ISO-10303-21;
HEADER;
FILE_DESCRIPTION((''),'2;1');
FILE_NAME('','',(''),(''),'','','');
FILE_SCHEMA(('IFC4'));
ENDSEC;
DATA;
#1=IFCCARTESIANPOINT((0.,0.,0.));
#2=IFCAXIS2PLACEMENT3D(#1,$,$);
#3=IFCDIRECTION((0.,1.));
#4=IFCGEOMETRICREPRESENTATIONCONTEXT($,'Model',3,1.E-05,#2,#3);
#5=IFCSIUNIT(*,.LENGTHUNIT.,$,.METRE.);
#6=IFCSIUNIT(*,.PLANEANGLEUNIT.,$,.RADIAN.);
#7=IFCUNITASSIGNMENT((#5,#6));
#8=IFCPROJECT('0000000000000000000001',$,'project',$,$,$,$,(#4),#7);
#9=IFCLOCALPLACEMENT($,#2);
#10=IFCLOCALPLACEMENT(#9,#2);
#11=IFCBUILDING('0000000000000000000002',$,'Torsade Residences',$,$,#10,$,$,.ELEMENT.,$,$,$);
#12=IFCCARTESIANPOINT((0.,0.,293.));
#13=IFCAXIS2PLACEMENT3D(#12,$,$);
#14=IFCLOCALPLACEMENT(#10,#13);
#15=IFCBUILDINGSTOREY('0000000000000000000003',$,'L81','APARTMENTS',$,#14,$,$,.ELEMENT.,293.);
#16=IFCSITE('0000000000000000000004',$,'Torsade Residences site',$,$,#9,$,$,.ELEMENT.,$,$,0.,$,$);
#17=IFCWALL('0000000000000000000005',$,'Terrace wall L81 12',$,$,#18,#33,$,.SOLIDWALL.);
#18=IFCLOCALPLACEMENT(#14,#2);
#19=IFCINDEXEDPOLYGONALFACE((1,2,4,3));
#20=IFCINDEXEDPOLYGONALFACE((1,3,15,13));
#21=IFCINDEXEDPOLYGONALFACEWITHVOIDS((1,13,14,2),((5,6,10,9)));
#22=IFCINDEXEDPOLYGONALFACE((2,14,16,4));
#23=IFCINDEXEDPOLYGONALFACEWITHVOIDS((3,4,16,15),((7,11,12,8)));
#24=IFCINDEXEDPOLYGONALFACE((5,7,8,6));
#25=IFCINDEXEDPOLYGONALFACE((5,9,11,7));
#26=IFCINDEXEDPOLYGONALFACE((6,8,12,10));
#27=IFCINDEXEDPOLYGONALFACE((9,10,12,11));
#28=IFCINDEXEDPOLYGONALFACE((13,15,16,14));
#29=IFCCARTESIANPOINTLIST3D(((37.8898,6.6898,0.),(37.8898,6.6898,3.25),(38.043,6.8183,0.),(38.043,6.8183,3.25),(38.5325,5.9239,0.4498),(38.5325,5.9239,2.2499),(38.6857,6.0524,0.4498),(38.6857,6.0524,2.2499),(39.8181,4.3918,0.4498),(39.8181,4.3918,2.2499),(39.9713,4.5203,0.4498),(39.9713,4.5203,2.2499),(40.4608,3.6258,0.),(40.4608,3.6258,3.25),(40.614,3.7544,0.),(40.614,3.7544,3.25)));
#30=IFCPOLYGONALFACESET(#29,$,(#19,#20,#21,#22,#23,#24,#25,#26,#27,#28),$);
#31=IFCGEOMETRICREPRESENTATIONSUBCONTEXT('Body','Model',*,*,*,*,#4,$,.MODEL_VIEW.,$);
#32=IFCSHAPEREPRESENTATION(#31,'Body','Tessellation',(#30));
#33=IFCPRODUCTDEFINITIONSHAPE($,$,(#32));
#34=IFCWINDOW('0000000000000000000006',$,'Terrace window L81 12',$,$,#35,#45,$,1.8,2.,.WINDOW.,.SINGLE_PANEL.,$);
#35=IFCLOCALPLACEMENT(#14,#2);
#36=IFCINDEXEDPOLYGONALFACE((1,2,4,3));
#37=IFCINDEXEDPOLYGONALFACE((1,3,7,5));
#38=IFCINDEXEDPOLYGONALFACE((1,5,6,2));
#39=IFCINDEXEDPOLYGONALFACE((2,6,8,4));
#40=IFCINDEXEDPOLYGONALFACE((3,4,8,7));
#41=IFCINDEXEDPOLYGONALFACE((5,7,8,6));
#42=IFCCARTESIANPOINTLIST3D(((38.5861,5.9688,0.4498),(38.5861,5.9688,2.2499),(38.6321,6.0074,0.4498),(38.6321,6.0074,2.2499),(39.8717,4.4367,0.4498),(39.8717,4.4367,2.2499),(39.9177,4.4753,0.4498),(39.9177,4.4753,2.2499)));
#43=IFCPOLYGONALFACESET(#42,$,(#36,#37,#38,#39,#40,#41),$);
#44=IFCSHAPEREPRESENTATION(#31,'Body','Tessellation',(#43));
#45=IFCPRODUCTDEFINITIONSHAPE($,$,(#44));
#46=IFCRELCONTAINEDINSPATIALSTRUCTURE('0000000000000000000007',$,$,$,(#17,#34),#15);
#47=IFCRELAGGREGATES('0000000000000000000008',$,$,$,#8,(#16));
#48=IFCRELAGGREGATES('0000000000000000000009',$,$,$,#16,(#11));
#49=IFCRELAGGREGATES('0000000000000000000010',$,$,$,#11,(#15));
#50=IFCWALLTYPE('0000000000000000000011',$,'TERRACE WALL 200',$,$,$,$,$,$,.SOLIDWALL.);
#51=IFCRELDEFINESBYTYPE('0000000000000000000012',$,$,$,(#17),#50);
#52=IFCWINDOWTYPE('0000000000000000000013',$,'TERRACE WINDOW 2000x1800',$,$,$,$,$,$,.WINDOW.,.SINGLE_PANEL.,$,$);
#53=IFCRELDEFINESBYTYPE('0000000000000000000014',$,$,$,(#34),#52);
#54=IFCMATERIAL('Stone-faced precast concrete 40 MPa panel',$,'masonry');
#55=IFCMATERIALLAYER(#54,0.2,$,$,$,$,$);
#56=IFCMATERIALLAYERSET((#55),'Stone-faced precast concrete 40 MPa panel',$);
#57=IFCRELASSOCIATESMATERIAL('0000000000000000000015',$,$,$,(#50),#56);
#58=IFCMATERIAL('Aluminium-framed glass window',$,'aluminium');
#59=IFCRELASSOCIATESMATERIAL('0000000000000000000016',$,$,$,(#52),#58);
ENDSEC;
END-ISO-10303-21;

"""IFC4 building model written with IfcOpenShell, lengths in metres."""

from ifc_helpers import new_model, si_unit, direction, frame, frame_2d, origin, place, context, subcontext, project, spatial, rectangle, extrude, material, layer, layer_set, type_object, element, fill, save


model = new_model("IFC4")

# Units and contexts
model_context = context("Model", 3, precision=1e-05, world=origin(), true_north=direction((0.0, 1.0)))
body_context = subcontext(model_context, "Body", "Model", "MODEL_VIEW")
ifc_project = project(units=[si_unit("LENGTHUNIT", "METRE"), si_unit("PLANEANGLEUNIT", "RADIAN")], contexts=[model_context])

# Site, building, storey
site_placement = place(None, origin())
site = spatial("IfcSite", under=ifc_project, at=site_placement, Name="Torsade Residences site", CompositionType="ELEMENT", RefElevation=0.0)
building_placement = place(site_placement, origin())
building = spatial("IfcBuilding", under=site, at=building_placement, Name="Torsade Residences", CompositionType="ELEMENT")
storey_placement = place(building_placement, frame((0.0, 0.0, 293.0)))
storey = spatial("IfcBuildingStorey", under=building, at=storey_placement, Name="L81", Description="APARTMENTS", CompositionType="ELEMENT", Elevation=293.0)

# Shared definitions
ifc_material_1 = material(Name="Stone-faced precast concrete 40 MPa panel", Category="masonry")
ifc_layer_1 = layer(ifc_material_1, 0.2)
ifc_layer_set_1 = layer_set([ifc_layer_1], Name="Stone-faced precast concrete 40 MPa panel")
wall_type_1 = type_object("IfcWallType", Name="TERRACE WALL 200", PredefinedType="SOLIDWALL", material=ifc_layer_set_1)

# Wall, opening, window
wall_1_placement = place(storey_placement, frame((37.9663, 6.7542, 0.0), z_axis=(0.0, 0.0, 1.0), x_axis=(0.642798, -0.766035, 0.0)))
wall_1 = element("IfcWall", 1, at=wall_1_placement, inside=storey, type_object=wall_type_1, Name="Terrace wall L81 12", PredefinedType="SOLIDWALL", context=body_context, shape_type="SweptSolid", body=[
    extrude(rectangle(XDim=3.9998, YDim=0.2, at=frame_2d((2.0, 0.0))), origin(), (0.0, 0.0, 1.0), 3.25),
])
opening_1_placement = place(wall_1_placement, frame((1.0, 0.0, 0.45)))
opening_1 = element("IfcOpeningElement", 2, at=opening_1_placement, cuts=wall_1, PredefinedType="OPENING", context=body_context, shape_type="SweptSolid", body=[
    extrude(rectangle(XDim=2.0, YDim=1.8, at=frame_2d((1.0, 0.8999))), frame((0.0, 0.1099, 0.0), z_axis=(0.0, -1.0, 0.0), x_axis=(1.0, 0.0, 0.0)), (0.0, 0.0, 1.0), 0.22),
])
ifc_material_2 = material(Name="Aluminium-framed glass window", Category="aluminium")
window_type = type_object("IfcWindowType", Name="TERRACE WINDOW 2000x1800", PartitioningType="SINGLE_PANEL", PredefinedType="WINDOW", material=ifc_material_2)
window_placement = place(opening_1_placement, origin())
window = element("IfcWindow", 3, at=window_placement, inside=storey, type_object=window_type, Name="Terrace window L81 12", OverallHeight=1.8, OverallWidth=2.0, PartitioningType="SINGLE_PANEL", PredefinedType="WINDOW", context=body_context, shape_type="SweptSolid", body=[
    extrude(rectangle(XDim=2.0, YDim=1.8, at=frame_2d((1.0, 0.8999))), frame((0.0, 0.03, 0.0), z_axis=(0.0, -1.0, 0.0), x_axis=(1.0, 0.0, 0.0)), (0.0, 0.0, 1.0), 0.0601),
])
fill(opening_1, window)

save(model, "model.ifc")
